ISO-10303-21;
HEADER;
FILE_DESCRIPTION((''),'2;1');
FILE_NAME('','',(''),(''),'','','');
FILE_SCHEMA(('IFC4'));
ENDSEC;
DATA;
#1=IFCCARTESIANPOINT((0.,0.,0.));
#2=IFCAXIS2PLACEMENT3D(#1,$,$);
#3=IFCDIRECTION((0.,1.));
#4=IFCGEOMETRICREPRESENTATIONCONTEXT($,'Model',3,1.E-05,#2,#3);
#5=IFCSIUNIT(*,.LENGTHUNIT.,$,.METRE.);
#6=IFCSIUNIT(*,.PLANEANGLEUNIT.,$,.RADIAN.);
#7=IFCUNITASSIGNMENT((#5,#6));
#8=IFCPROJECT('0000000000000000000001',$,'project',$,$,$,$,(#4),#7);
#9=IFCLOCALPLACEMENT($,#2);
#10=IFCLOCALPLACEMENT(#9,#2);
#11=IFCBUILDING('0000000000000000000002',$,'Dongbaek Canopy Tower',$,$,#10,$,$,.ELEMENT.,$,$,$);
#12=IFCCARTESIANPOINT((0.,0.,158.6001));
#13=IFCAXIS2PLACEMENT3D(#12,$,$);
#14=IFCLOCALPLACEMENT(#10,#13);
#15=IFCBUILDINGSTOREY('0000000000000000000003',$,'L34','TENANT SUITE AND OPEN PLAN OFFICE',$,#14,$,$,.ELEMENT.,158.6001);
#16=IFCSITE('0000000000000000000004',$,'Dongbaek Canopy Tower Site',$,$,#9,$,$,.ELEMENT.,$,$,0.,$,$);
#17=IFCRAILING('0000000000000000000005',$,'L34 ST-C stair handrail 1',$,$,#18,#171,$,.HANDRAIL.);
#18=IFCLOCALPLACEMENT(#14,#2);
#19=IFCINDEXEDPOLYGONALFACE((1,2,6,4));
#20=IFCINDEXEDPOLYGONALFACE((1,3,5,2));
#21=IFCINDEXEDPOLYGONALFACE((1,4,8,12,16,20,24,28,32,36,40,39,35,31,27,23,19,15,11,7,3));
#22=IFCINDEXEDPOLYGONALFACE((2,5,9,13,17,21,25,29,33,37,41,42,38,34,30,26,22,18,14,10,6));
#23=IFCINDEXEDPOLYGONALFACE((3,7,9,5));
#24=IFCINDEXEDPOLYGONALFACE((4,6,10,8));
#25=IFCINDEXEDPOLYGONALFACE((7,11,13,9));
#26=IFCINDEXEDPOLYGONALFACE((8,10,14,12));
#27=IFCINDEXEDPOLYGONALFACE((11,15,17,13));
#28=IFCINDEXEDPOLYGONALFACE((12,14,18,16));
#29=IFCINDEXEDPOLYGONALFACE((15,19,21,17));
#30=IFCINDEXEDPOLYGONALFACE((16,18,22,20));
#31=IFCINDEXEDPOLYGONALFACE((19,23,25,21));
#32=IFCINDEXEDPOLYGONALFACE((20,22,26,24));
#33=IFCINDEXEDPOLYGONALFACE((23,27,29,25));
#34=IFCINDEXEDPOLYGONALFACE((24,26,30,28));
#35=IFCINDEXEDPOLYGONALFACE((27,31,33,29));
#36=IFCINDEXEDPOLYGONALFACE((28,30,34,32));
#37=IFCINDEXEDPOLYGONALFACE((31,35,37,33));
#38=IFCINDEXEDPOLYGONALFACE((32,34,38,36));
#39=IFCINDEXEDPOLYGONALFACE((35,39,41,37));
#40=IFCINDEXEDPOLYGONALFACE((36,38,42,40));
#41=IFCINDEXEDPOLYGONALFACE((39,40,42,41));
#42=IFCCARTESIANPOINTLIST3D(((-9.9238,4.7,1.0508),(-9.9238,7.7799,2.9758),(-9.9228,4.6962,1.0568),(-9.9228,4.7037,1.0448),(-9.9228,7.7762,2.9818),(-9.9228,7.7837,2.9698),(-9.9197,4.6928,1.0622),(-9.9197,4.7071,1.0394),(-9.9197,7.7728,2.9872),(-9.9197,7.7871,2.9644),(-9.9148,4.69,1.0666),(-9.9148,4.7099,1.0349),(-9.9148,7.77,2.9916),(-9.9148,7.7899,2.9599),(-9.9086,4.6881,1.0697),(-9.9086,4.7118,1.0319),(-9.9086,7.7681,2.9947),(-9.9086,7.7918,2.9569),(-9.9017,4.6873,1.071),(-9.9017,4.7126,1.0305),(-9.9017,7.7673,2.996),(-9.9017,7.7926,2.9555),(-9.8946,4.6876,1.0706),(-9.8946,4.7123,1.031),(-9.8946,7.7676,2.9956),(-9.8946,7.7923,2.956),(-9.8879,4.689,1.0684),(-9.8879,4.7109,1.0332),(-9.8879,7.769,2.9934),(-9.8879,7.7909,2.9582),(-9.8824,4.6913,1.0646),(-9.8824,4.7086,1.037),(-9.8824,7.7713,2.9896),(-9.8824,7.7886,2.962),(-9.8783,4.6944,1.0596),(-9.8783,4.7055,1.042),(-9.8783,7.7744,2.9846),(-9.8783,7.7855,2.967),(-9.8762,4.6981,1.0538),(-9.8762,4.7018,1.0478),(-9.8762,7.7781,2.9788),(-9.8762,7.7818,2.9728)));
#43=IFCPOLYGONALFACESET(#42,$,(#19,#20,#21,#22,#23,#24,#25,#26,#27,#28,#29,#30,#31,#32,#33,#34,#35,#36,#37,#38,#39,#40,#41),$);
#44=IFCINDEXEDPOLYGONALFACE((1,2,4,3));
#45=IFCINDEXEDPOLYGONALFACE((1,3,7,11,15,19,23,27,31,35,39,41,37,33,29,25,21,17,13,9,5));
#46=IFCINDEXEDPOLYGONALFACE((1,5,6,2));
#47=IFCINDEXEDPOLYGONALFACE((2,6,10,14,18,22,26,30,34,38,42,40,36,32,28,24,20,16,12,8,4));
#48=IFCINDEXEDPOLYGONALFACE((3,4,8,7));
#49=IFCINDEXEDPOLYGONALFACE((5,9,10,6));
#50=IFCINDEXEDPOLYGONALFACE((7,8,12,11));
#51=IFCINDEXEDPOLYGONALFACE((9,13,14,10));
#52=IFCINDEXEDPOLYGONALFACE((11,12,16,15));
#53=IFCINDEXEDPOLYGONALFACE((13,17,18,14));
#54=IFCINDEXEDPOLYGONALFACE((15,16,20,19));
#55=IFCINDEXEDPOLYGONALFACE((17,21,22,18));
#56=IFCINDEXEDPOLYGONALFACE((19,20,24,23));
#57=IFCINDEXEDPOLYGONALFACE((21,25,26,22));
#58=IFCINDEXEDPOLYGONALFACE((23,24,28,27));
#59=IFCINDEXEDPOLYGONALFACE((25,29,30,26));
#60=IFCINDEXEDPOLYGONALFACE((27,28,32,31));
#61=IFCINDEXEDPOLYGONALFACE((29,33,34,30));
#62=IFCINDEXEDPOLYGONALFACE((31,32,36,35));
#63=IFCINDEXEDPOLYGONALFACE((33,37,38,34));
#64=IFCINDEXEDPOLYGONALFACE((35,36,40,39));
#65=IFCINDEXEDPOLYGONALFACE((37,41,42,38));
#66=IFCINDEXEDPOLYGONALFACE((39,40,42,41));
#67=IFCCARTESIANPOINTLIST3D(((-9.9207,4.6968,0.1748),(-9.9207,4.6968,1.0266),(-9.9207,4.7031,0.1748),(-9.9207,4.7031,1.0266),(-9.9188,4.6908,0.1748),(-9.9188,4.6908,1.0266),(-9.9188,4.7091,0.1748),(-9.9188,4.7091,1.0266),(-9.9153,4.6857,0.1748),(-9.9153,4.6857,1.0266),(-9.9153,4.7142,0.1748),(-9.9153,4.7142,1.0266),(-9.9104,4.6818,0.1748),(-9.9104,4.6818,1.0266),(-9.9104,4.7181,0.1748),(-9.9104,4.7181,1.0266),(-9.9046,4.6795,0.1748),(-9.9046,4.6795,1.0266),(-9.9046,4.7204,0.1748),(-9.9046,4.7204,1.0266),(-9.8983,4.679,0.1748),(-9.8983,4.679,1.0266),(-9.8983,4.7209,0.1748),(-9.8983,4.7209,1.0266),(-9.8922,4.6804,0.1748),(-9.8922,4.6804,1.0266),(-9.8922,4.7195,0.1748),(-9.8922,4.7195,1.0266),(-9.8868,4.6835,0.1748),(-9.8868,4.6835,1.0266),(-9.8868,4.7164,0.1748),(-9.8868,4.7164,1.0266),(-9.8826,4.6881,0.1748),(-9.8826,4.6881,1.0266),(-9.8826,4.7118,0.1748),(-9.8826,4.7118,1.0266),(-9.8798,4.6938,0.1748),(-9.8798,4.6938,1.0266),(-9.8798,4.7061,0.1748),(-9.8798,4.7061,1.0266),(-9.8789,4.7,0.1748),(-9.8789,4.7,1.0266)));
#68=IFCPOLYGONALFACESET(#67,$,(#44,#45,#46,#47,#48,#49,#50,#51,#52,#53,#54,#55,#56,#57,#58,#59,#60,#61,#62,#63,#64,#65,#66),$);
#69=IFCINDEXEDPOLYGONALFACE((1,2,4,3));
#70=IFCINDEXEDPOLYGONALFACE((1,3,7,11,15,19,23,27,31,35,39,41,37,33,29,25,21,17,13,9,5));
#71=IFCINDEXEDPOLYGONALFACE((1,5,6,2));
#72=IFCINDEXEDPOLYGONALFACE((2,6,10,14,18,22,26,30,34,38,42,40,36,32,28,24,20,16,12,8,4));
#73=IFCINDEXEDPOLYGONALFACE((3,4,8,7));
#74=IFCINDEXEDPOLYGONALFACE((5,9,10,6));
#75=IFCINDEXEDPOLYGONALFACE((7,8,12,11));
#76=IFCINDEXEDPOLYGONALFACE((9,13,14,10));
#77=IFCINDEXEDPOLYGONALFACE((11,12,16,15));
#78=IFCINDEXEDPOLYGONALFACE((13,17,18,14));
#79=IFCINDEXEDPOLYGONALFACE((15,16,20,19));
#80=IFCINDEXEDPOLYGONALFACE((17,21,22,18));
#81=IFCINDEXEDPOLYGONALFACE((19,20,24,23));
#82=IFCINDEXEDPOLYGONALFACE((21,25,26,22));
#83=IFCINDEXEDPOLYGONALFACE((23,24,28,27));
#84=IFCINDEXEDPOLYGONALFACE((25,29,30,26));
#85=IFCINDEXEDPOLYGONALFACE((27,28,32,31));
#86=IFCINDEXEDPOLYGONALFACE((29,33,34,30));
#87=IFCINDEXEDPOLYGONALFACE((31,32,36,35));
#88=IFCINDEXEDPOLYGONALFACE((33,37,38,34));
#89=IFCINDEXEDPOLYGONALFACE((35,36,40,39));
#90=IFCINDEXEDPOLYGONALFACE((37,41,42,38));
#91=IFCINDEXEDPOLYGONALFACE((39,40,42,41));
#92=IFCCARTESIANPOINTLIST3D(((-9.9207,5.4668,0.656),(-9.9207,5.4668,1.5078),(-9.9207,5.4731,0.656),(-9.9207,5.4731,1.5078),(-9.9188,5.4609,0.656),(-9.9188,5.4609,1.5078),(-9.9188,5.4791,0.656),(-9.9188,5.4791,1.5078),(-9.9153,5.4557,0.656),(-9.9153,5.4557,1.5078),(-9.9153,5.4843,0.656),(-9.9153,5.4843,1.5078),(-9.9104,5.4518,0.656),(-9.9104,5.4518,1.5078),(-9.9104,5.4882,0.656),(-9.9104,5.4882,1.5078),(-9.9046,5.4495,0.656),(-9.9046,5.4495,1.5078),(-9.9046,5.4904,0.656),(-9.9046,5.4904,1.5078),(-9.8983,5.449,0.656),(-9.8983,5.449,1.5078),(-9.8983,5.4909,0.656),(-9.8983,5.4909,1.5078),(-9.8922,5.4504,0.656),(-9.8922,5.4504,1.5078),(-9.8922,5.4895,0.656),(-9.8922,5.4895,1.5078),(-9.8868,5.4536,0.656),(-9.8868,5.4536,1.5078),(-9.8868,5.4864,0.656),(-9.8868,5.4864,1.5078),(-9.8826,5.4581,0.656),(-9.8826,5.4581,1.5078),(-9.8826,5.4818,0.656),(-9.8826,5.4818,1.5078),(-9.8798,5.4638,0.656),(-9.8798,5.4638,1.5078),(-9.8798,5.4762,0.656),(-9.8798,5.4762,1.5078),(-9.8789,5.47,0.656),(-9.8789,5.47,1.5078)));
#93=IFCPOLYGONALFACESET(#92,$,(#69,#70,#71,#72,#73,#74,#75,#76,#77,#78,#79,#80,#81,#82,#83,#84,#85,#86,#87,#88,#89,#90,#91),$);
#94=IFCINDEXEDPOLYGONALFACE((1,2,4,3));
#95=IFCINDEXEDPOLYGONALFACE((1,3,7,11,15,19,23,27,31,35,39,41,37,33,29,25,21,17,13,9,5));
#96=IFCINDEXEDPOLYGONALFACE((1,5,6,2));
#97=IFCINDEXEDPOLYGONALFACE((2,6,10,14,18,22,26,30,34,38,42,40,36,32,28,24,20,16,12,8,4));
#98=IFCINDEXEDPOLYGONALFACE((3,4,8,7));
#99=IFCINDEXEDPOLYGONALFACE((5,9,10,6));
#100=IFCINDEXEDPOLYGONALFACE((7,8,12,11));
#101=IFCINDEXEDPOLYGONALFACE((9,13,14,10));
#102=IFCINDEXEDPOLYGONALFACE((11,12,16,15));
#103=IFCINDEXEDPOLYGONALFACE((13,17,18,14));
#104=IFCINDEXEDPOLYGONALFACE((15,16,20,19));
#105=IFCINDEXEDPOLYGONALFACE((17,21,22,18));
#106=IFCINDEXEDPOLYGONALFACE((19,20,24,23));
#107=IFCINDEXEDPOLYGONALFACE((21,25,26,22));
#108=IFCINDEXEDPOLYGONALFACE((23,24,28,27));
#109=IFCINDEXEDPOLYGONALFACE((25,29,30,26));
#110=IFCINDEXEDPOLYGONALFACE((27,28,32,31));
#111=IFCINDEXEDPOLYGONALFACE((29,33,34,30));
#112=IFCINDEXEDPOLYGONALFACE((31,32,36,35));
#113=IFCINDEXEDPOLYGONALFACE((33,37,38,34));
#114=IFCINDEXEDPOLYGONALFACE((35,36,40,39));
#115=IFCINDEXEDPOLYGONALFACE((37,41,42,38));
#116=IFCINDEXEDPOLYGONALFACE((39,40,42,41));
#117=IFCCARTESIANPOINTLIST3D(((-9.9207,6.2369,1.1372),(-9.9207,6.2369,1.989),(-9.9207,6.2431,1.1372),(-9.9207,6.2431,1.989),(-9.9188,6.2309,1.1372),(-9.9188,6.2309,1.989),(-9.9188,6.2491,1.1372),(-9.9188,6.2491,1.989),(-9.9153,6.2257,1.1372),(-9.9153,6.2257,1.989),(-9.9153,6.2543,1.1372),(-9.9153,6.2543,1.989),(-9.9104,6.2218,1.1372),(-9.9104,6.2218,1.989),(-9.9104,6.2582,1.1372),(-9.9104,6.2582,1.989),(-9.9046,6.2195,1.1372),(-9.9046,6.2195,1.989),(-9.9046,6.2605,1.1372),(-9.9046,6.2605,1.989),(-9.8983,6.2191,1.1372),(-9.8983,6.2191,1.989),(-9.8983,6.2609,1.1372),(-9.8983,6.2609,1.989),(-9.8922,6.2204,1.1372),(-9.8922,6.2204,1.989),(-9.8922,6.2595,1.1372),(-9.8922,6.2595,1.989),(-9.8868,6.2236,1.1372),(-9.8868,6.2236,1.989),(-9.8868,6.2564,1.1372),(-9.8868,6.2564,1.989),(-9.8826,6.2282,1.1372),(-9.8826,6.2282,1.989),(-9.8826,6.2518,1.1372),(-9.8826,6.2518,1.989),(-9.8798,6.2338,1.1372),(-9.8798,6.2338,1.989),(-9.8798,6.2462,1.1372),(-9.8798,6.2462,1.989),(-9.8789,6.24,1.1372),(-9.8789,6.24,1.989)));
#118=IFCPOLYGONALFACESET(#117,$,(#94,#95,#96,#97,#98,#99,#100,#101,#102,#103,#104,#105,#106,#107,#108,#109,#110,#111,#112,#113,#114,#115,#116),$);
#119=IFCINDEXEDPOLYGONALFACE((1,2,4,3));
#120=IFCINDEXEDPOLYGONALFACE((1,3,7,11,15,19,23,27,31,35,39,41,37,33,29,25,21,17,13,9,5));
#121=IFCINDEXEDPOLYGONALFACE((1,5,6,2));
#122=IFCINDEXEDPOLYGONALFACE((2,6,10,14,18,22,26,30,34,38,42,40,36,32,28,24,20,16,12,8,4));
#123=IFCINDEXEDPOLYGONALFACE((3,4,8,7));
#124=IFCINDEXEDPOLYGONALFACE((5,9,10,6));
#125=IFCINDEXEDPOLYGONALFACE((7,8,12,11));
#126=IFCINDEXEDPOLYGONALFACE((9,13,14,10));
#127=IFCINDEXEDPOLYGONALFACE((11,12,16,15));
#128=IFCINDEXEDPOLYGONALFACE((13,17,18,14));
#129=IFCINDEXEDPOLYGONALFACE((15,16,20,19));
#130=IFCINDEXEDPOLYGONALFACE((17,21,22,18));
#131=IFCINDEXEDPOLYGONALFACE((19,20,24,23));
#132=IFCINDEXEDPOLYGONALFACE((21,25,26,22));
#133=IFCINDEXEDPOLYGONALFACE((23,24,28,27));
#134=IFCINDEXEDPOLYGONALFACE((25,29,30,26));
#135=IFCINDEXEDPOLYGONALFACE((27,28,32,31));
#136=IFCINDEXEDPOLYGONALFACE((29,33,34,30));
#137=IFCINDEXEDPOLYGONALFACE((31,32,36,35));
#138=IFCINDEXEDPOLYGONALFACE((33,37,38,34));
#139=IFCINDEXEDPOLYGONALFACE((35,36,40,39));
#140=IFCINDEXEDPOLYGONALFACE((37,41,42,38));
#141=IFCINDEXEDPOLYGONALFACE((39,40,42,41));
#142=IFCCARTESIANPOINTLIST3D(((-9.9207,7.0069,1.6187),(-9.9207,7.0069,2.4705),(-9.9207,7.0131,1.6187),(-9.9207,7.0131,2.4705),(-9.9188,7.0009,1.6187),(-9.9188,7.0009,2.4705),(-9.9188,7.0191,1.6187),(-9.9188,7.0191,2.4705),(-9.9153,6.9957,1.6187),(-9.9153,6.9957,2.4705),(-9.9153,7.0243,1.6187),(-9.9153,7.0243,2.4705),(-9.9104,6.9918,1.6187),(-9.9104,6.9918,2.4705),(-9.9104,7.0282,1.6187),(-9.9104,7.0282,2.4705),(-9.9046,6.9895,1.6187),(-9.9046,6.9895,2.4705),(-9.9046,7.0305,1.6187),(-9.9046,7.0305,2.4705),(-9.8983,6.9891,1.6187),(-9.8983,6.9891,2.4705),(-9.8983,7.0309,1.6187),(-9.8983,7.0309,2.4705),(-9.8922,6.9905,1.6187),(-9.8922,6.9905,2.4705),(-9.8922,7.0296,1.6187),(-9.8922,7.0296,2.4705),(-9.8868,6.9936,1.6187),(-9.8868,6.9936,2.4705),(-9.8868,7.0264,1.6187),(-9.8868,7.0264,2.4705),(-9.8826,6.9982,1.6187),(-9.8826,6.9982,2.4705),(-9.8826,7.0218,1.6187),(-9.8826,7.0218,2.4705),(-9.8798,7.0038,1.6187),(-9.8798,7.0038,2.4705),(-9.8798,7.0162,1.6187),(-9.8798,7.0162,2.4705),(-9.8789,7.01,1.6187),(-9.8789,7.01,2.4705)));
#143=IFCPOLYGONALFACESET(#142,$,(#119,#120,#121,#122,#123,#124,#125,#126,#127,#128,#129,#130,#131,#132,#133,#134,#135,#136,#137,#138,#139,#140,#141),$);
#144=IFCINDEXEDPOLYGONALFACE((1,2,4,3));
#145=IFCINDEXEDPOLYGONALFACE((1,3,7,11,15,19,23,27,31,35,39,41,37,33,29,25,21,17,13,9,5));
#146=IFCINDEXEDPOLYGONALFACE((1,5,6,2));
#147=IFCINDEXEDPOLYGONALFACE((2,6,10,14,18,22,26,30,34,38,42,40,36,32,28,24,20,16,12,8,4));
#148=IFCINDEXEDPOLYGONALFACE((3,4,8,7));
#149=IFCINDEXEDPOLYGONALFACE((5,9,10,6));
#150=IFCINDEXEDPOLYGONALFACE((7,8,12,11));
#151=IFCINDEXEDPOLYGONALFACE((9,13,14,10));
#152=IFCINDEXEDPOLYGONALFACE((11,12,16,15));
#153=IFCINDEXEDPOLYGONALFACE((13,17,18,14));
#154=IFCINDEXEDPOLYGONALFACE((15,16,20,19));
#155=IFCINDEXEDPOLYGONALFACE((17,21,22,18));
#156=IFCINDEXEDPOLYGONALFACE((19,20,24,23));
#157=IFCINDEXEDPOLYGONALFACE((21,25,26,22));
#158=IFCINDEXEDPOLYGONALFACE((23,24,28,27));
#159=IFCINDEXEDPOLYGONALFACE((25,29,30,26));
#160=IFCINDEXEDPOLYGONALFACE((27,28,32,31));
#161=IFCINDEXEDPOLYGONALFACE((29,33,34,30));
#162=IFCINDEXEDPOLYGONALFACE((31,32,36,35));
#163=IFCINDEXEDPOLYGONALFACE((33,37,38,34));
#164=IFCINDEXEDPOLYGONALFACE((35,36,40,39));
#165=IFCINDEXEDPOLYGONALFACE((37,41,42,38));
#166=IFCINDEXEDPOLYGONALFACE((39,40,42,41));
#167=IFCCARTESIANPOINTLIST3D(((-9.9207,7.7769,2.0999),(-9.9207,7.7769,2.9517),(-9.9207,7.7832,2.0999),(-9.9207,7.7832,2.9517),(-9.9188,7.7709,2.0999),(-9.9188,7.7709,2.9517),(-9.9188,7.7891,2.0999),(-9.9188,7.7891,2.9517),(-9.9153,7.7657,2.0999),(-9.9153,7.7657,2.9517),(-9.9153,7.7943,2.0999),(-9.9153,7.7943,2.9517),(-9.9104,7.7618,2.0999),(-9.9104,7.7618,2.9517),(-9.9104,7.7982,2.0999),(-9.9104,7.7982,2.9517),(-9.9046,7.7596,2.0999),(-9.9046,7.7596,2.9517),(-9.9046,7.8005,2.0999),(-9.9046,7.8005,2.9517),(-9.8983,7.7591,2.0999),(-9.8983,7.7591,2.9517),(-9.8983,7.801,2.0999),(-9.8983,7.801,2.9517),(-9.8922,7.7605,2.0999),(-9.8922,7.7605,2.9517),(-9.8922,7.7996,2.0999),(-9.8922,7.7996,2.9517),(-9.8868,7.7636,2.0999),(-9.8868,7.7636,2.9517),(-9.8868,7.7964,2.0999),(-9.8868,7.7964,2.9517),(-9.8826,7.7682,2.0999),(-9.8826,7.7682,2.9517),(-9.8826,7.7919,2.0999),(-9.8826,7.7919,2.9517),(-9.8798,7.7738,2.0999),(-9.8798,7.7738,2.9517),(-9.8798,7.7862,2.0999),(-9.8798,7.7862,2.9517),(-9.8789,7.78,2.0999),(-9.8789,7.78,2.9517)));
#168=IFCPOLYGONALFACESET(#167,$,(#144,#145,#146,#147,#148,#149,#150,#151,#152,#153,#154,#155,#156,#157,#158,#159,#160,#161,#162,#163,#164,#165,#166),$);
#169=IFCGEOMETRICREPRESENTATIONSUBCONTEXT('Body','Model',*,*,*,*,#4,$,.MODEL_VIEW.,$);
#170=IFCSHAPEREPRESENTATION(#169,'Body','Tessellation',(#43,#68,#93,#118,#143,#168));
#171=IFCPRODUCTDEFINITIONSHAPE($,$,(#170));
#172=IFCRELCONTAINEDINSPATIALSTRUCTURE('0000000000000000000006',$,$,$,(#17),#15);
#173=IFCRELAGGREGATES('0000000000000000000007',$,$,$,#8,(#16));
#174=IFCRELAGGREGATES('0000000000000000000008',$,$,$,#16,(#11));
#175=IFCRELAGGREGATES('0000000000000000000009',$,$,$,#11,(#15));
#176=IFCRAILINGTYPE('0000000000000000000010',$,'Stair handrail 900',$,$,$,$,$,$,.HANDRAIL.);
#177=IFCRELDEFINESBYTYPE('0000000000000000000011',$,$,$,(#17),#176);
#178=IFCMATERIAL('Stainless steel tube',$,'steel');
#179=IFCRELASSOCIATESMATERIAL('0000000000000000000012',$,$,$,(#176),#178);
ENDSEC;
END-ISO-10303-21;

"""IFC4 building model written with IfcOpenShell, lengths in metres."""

from ifc_helpers import new_model, si_unit, direction, frame, origin, origin_2d, place, context, subcontext, project, spatial, circle, extrude, material, type_object, element, save


model = new_model("IFC4")

# Units and contexts
model_context = context("Model", 3, precision=1e-05, world=origin(), true_north=direction((0.0, 1.0)))
body_context = subcontext(model_context, "Body", "Model", "MODEL_VIEW")
ifc_project = project(units=[si_unit("LENGTHUNIT", "METRE"), si_unit("PLANEANGLEUNIT", "RADIAN")], contexts=[model_context])

# Site, building, storey
site_placement = place(None, origin())
site = spatial("IfcSite", under=ifc_project, at=site_placement, Name="Dongbaek Canopy Tower Site", CompositionType="ELEMENT", RefElevation=0.0)
building_placement = place(site_placement, origin())
building = spatial("IfcBuilding", under=site, at=building_placement, Name="Dongbaek Canopy Tower", CompositionType="ELEMENT")
storey_placement = place(building_placement, frame((0.0, 0.0, 158.6001)))
storey = spatial("IfcBuildingStorey", under=building, at=storey_placement, Name="L34", Description="TENANT SUITE AND OPEN PLAN OFFICE", CompositionType="ELEMENT", Elevation=158.6001)

# Railing
ifc_material_1 = material(Name="Stainless steel tube", Category="steel")
railing_type_1 = type_object("IfcRailingType", Name="Stair handrail 900", PredefinedType="HANDRAIL", material=ifc_material_1)
railing_1_placement = place(storey_placement, frame((-9.8999, 4.7, 0.1748)))
element("IfcRailing", 1, at=railing_1_placement, inside=storey, type_object=railing_type_1, Name="L34 ST-C stair handrail 1", PredefinedType="HANDRAIL", context=body_context, shape_type="SweptSolid", body=[
    extrude(circle(Radius=0.0239, at=origin_2d()), frame((0.0, 0.0, 0.876), z_axis=(0.0, 0.847998, 0.529999), x_axis=(-1.0, 0.0, 0.0)), (0.0, 0.0, 1.0), 3.6321),
    extrude(circle(Radius=0.021, at=origin_2d()), origin(), (0.0, 0.0, 1.0), 0.8518),
    extrude(circle(Radius=0.021, at=origin_2d()), frame((0.0, 0.77, 0.4812)), (0.0, 0.0, 1.0), 0.8518),
    extrude(circle(Radius=0.021, at=origin_2d()), frame((0.0, 1.54, 0.9624)), (0.0, 0.0, 1.0), 0.8518),
    extrude(circle(Radius=0.021, at=origin_2d()), frame((0.0, 2.3101, 1.4438)), (0.0, 0.0, 1.0), 0.8518),
    extrude(circle(Radius=0.021, at=origin_2d()), frame((0.0, 3.0801, 1.925)), (0.0, 0.0, 1.0), 0.8518),
])

save(model, "model.ifc")
